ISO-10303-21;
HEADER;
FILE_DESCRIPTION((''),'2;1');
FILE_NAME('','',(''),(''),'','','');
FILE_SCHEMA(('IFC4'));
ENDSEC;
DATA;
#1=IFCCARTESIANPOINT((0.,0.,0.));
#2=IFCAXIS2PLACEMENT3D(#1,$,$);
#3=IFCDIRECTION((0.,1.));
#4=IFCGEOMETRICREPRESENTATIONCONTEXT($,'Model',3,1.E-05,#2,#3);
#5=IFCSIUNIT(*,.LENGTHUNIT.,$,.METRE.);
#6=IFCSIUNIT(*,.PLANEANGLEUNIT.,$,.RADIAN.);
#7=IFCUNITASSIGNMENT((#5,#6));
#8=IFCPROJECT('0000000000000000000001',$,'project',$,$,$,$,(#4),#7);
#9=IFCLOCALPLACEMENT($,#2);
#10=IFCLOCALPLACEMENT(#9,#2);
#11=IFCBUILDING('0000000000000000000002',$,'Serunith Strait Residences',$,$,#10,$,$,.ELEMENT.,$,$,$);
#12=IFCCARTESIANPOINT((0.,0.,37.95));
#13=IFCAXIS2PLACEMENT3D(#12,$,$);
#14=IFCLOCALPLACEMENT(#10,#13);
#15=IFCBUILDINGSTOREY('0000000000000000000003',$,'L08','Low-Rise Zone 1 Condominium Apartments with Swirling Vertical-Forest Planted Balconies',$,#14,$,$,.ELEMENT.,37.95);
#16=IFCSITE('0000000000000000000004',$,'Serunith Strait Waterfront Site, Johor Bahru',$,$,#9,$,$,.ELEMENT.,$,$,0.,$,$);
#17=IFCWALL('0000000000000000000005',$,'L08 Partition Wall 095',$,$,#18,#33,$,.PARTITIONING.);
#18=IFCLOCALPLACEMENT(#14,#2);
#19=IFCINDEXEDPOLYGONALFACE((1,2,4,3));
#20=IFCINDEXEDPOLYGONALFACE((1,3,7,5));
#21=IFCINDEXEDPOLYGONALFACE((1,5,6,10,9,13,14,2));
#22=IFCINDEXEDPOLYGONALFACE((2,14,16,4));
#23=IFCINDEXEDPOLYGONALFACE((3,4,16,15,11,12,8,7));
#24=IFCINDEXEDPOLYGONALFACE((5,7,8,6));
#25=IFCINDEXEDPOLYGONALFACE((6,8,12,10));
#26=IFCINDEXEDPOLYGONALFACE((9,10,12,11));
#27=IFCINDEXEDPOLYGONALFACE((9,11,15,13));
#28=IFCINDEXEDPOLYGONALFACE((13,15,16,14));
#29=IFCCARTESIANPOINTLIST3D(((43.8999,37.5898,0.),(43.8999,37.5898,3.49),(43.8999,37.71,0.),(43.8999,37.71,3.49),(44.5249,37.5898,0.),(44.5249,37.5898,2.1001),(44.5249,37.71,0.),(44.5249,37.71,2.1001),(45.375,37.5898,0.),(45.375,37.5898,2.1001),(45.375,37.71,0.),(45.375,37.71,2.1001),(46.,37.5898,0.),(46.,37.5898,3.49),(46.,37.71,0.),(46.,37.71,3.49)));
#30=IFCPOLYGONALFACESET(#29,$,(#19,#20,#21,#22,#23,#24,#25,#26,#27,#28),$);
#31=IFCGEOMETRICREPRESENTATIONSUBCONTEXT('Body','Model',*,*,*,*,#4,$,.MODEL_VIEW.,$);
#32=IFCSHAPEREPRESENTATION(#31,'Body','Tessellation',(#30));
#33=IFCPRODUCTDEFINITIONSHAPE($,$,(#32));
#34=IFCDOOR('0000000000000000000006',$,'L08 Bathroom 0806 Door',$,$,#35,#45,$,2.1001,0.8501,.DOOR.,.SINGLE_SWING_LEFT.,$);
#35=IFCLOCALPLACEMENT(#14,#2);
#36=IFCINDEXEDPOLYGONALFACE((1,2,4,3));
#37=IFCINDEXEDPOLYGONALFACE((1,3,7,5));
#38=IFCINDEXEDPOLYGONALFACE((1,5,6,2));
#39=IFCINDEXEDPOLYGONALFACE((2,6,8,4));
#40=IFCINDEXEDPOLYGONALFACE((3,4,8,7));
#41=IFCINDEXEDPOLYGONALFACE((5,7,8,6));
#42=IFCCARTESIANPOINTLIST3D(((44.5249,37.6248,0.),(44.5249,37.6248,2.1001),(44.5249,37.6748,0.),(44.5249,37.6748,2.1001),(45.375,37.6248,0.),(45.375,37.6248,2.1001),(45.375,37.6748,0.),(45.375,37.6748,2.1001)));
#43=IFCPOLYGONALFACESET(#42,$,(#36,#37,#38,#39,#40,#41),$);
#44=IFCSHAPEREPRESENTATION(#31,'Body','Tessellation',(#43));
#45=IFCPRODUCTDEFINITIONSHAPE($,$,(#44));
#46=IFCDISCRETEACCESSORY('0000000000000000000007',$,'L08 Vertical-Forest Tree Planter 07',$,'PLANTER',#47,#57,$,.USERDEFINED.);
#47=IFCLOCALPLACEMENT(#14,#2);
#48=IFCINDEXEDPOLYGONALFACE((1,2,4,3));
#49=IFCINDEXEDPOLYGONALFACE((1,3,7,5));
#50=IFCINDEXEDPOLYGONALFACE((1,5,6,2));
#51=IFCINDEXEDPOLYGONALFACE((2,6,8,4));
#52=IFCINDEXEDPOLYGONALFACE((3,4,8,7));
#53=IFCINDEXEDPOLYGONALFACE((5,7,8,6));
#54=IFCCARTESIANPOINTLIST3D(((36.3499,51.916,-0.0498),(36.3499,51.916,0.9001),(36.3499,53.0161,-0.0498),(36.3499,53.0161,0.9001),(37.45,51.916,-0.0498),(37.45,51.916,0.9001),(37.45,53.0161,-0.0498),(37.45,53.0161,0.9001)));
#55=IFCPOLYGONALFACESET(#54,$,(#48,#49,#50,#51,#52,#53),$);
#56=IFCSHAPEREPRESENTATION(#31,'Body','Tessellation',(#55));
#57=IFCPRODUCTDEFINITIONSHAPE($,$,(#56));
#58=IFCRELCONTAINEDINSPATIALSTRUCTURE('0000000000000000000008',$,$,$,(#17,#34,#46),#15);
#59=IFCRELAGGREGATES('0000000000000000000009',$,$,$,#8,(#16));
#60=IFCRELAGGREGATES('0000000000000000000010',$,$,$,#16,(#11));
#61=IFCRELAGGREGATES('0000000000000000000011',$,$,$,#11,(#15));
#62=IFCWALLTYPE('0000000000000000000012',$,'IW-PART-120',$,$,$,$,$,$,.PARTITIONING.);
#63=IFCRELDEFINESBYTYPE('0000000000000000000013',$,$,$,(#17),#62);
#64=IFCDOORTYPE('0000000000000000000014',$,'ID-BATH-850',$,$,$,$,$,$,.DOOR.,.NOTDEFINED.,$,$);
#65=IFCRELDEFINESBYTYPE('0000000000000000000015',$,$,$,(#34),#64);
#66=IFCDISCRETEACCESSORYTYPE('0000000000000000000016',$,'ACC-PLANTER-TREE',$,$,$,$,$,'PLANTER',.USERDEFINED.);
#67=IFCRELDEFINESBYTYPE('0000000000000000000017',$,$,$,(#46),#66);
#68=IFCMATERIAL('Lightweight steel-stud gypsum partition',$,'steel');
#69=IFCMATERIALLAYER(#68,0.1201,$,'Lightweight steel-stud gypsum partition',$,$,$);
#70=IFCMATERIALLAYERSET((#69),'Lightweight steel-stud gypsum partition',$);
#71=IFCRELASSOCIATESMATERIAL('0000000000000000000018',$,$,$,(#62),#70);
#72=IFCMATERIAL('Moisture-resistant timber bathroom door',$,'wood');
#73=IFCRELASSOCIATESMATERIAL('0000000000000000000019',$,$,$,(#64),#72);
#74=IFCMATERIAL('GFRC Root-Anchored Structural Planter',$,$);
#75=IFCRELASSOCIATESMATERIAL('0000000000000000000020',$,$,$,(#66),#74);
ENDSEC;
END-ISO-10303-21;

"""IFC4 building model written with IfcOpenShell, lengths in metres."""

from ifc_helpers import new_model, si_unit, direction, frame, frame_2d, origin, origin_2d, place, context, subcontext, project, spatial, rectangle, extrude, source, transform, mapped, material, layer, layer_set, type_object, element, fill, save


model = new_model("IFC4")

# Units and contexts
model_context = context("Model", 3, precision=1e-05, world=origin(), true_north=direction((0.0, 1.0)))
body_context = subcontext(model_context, "Body", "Model", "MODEL_VIEW")
ifc_project = project(units=[si_unit("LENGTHUNIT", "METRE"), si_unit("PLANEANGLEUNIT", "RADIAN")], contexts=[model_context])

# Site, building, storey
site_placement = place(None, origin())
site = spatial("IfcSite", under=ifc_project, at=site_placement, Name="Serunith Strait Waterfront Site, Johor Bahru", CompositionType="ELEMENT", RefElevation=0.0)
building_placement = place(site_placement, origin())
building = spatial("IfcBuilding", under=site, at=building_placement, Name="Serunith Strait Residences", CompositionType="ELEMENT")
storey_placement = place(building_placement, frame((0.0, 0.0, 37.95)))
storey = spatial("IfcBuildingStorey", under=building, at=storey_placement, Name="L08", Description="Low-Rise Zone 1 Condominium Apartments with Swirling Vertical-Forest Planted Balconies", CompositionType="ELEMENT", Elevation=37.95)

# Shared definitions
ifc_material_1 = material(Name="Lightweight steel-stud gypsum partition", Category="steel")
ifc_layer_1 = layer(ifc_material_1, 0.1201, Name="Lightweight steel-stud gypsum partition")
ifc_layer_set_1 = layer_set([ifc_layer_1], Name="Lightweight steel-stud gypsum partition")
wall_type_1 = type_object("IfcWallType", Name="IW-PART-120", PredefinedType="PARTITIONING", material=ifc_layer_set_1)
shared_shape_1 = source(origin(), body_context, "Body", "SweptSolid", [
    extrude(rectangle(XDim=0.8501, YDim=2.1001, at=frame_2d((0.425, 1.05))), frame((0.0, 0.0249, 0.0), z_axis=(0.0, -1.0, 0.0), x_axis=(1.0, 0.0, 0.0)), (0.0, 0.0, 1.0), 0.05),
])

# Wall, opening, door
wall_1_placement = place(storey_placement, frame((43.8999, 37.6499, 0.0), z_axis=(0.0, 0.0, 1.0), x_axis=(1.0, 0.0, 0.0)))
wall_1 = element("IfcWall", 1, at=wall_1_placement, inside=storey, type_object=wall_type_1, Name="L08 Partition Wall 095", PredefinedType="PARTITIONING", context=body_context, shape_type="SweptSolid", body=[
    extrude(rectangle(XDim=2.1001, YDim=0.1201, at=frame_2d((1.05, 0.0))), origin(), (0.0, 0.0, 1.0), 3.49),
])
opening_1_placement = place(wall_1_placement, frame((0.625, 0.0, 0.0)))
opening_1 = element("IfcOpeningElement", 2, at=opening_1_placement, cuts=wall_1, PredefinedType="OPENING", context=body_context, shape_type="SweptSolid", body=[
    extrude(rectangle(XDim=0.8501, YDim=2.1001, at=frame_2d((0.425, 1.05))), frame((0.0, 0.0701, 0.0), z_axis=(0.0, -1.0, 0.0), x_axis=(1.0, 0.0, 0.0)), (0.0, 0.0, 1.0), 0.1401),
])
ifc_material_2 = material(Name="Moisture-resistant timber bathroom door", Category="wood")
door_type_1 = type_object("IfcDoorType", Name="ID-BATH-850", OperationType="NOTDEFINED", PredefinedType="DOOR", material=ifc_material_2)
door_1_placement = place(opening_1_placement, origin())
door_1 = element("IfcDoor", 3, at=door_1_placement, inside=storey, type_object=door_type_1, Name="L08 Bathroom 0806 Door", OperationType="SINGLE_SWING_LEFT", OverallHeight=2.1001, OverallWidth=0.8501, PredefinedType="DOOR", context=body_context, shape_type="MappedRepresentation", body=[
    mapped(shared_shape_1, transform((0.0, 0.0, 0.0), scale=1.0)),
])
fill(opening_1, door_1)

# Discrete accessory
ifc_material_3 = material(Name="GFRC Root-Anchored Structural Planter")
discrete_accessory_type = type_object("IfcDiscreteAccessoryType", Name="ACC-PLANTER-TREE", ElementType="PLANTER", PredefinedType="USERDEFINED", material=ifc_material_3)
shared_shape_2 = source(origin(), body_context, "Body", "SweptSolid", [
    extrude(rectangle(XDim=1.1001, YDim=1.1001, at=origin_2d()), origin(), (0.0, 0.0, 1.0), 0.95),
])
discrete_accessory_placement = place(storey_placement, frame((36.8999, 52.4661, -0.0498), z_axis=(0.0, 0.0, 1.0), x_axis=(-1.0, 0.0, 0.0)))
element("IfcDiscreteAccessory", 4, at=discrete_accessory_placement, inside=storey, type_object=discrete_accessory_type, Name="L08 Vertical-Forest Tree Planter 07", ObjectType="PLANTER", PredefinedType="USERDEFINED", context=body_context, shape_type="MappedRepresentation", body=[
    mapped(shared_shape_2, transform((0.0, 0.0, 0.0), scale=1.0)),
])

save(model, "model.ifc")
